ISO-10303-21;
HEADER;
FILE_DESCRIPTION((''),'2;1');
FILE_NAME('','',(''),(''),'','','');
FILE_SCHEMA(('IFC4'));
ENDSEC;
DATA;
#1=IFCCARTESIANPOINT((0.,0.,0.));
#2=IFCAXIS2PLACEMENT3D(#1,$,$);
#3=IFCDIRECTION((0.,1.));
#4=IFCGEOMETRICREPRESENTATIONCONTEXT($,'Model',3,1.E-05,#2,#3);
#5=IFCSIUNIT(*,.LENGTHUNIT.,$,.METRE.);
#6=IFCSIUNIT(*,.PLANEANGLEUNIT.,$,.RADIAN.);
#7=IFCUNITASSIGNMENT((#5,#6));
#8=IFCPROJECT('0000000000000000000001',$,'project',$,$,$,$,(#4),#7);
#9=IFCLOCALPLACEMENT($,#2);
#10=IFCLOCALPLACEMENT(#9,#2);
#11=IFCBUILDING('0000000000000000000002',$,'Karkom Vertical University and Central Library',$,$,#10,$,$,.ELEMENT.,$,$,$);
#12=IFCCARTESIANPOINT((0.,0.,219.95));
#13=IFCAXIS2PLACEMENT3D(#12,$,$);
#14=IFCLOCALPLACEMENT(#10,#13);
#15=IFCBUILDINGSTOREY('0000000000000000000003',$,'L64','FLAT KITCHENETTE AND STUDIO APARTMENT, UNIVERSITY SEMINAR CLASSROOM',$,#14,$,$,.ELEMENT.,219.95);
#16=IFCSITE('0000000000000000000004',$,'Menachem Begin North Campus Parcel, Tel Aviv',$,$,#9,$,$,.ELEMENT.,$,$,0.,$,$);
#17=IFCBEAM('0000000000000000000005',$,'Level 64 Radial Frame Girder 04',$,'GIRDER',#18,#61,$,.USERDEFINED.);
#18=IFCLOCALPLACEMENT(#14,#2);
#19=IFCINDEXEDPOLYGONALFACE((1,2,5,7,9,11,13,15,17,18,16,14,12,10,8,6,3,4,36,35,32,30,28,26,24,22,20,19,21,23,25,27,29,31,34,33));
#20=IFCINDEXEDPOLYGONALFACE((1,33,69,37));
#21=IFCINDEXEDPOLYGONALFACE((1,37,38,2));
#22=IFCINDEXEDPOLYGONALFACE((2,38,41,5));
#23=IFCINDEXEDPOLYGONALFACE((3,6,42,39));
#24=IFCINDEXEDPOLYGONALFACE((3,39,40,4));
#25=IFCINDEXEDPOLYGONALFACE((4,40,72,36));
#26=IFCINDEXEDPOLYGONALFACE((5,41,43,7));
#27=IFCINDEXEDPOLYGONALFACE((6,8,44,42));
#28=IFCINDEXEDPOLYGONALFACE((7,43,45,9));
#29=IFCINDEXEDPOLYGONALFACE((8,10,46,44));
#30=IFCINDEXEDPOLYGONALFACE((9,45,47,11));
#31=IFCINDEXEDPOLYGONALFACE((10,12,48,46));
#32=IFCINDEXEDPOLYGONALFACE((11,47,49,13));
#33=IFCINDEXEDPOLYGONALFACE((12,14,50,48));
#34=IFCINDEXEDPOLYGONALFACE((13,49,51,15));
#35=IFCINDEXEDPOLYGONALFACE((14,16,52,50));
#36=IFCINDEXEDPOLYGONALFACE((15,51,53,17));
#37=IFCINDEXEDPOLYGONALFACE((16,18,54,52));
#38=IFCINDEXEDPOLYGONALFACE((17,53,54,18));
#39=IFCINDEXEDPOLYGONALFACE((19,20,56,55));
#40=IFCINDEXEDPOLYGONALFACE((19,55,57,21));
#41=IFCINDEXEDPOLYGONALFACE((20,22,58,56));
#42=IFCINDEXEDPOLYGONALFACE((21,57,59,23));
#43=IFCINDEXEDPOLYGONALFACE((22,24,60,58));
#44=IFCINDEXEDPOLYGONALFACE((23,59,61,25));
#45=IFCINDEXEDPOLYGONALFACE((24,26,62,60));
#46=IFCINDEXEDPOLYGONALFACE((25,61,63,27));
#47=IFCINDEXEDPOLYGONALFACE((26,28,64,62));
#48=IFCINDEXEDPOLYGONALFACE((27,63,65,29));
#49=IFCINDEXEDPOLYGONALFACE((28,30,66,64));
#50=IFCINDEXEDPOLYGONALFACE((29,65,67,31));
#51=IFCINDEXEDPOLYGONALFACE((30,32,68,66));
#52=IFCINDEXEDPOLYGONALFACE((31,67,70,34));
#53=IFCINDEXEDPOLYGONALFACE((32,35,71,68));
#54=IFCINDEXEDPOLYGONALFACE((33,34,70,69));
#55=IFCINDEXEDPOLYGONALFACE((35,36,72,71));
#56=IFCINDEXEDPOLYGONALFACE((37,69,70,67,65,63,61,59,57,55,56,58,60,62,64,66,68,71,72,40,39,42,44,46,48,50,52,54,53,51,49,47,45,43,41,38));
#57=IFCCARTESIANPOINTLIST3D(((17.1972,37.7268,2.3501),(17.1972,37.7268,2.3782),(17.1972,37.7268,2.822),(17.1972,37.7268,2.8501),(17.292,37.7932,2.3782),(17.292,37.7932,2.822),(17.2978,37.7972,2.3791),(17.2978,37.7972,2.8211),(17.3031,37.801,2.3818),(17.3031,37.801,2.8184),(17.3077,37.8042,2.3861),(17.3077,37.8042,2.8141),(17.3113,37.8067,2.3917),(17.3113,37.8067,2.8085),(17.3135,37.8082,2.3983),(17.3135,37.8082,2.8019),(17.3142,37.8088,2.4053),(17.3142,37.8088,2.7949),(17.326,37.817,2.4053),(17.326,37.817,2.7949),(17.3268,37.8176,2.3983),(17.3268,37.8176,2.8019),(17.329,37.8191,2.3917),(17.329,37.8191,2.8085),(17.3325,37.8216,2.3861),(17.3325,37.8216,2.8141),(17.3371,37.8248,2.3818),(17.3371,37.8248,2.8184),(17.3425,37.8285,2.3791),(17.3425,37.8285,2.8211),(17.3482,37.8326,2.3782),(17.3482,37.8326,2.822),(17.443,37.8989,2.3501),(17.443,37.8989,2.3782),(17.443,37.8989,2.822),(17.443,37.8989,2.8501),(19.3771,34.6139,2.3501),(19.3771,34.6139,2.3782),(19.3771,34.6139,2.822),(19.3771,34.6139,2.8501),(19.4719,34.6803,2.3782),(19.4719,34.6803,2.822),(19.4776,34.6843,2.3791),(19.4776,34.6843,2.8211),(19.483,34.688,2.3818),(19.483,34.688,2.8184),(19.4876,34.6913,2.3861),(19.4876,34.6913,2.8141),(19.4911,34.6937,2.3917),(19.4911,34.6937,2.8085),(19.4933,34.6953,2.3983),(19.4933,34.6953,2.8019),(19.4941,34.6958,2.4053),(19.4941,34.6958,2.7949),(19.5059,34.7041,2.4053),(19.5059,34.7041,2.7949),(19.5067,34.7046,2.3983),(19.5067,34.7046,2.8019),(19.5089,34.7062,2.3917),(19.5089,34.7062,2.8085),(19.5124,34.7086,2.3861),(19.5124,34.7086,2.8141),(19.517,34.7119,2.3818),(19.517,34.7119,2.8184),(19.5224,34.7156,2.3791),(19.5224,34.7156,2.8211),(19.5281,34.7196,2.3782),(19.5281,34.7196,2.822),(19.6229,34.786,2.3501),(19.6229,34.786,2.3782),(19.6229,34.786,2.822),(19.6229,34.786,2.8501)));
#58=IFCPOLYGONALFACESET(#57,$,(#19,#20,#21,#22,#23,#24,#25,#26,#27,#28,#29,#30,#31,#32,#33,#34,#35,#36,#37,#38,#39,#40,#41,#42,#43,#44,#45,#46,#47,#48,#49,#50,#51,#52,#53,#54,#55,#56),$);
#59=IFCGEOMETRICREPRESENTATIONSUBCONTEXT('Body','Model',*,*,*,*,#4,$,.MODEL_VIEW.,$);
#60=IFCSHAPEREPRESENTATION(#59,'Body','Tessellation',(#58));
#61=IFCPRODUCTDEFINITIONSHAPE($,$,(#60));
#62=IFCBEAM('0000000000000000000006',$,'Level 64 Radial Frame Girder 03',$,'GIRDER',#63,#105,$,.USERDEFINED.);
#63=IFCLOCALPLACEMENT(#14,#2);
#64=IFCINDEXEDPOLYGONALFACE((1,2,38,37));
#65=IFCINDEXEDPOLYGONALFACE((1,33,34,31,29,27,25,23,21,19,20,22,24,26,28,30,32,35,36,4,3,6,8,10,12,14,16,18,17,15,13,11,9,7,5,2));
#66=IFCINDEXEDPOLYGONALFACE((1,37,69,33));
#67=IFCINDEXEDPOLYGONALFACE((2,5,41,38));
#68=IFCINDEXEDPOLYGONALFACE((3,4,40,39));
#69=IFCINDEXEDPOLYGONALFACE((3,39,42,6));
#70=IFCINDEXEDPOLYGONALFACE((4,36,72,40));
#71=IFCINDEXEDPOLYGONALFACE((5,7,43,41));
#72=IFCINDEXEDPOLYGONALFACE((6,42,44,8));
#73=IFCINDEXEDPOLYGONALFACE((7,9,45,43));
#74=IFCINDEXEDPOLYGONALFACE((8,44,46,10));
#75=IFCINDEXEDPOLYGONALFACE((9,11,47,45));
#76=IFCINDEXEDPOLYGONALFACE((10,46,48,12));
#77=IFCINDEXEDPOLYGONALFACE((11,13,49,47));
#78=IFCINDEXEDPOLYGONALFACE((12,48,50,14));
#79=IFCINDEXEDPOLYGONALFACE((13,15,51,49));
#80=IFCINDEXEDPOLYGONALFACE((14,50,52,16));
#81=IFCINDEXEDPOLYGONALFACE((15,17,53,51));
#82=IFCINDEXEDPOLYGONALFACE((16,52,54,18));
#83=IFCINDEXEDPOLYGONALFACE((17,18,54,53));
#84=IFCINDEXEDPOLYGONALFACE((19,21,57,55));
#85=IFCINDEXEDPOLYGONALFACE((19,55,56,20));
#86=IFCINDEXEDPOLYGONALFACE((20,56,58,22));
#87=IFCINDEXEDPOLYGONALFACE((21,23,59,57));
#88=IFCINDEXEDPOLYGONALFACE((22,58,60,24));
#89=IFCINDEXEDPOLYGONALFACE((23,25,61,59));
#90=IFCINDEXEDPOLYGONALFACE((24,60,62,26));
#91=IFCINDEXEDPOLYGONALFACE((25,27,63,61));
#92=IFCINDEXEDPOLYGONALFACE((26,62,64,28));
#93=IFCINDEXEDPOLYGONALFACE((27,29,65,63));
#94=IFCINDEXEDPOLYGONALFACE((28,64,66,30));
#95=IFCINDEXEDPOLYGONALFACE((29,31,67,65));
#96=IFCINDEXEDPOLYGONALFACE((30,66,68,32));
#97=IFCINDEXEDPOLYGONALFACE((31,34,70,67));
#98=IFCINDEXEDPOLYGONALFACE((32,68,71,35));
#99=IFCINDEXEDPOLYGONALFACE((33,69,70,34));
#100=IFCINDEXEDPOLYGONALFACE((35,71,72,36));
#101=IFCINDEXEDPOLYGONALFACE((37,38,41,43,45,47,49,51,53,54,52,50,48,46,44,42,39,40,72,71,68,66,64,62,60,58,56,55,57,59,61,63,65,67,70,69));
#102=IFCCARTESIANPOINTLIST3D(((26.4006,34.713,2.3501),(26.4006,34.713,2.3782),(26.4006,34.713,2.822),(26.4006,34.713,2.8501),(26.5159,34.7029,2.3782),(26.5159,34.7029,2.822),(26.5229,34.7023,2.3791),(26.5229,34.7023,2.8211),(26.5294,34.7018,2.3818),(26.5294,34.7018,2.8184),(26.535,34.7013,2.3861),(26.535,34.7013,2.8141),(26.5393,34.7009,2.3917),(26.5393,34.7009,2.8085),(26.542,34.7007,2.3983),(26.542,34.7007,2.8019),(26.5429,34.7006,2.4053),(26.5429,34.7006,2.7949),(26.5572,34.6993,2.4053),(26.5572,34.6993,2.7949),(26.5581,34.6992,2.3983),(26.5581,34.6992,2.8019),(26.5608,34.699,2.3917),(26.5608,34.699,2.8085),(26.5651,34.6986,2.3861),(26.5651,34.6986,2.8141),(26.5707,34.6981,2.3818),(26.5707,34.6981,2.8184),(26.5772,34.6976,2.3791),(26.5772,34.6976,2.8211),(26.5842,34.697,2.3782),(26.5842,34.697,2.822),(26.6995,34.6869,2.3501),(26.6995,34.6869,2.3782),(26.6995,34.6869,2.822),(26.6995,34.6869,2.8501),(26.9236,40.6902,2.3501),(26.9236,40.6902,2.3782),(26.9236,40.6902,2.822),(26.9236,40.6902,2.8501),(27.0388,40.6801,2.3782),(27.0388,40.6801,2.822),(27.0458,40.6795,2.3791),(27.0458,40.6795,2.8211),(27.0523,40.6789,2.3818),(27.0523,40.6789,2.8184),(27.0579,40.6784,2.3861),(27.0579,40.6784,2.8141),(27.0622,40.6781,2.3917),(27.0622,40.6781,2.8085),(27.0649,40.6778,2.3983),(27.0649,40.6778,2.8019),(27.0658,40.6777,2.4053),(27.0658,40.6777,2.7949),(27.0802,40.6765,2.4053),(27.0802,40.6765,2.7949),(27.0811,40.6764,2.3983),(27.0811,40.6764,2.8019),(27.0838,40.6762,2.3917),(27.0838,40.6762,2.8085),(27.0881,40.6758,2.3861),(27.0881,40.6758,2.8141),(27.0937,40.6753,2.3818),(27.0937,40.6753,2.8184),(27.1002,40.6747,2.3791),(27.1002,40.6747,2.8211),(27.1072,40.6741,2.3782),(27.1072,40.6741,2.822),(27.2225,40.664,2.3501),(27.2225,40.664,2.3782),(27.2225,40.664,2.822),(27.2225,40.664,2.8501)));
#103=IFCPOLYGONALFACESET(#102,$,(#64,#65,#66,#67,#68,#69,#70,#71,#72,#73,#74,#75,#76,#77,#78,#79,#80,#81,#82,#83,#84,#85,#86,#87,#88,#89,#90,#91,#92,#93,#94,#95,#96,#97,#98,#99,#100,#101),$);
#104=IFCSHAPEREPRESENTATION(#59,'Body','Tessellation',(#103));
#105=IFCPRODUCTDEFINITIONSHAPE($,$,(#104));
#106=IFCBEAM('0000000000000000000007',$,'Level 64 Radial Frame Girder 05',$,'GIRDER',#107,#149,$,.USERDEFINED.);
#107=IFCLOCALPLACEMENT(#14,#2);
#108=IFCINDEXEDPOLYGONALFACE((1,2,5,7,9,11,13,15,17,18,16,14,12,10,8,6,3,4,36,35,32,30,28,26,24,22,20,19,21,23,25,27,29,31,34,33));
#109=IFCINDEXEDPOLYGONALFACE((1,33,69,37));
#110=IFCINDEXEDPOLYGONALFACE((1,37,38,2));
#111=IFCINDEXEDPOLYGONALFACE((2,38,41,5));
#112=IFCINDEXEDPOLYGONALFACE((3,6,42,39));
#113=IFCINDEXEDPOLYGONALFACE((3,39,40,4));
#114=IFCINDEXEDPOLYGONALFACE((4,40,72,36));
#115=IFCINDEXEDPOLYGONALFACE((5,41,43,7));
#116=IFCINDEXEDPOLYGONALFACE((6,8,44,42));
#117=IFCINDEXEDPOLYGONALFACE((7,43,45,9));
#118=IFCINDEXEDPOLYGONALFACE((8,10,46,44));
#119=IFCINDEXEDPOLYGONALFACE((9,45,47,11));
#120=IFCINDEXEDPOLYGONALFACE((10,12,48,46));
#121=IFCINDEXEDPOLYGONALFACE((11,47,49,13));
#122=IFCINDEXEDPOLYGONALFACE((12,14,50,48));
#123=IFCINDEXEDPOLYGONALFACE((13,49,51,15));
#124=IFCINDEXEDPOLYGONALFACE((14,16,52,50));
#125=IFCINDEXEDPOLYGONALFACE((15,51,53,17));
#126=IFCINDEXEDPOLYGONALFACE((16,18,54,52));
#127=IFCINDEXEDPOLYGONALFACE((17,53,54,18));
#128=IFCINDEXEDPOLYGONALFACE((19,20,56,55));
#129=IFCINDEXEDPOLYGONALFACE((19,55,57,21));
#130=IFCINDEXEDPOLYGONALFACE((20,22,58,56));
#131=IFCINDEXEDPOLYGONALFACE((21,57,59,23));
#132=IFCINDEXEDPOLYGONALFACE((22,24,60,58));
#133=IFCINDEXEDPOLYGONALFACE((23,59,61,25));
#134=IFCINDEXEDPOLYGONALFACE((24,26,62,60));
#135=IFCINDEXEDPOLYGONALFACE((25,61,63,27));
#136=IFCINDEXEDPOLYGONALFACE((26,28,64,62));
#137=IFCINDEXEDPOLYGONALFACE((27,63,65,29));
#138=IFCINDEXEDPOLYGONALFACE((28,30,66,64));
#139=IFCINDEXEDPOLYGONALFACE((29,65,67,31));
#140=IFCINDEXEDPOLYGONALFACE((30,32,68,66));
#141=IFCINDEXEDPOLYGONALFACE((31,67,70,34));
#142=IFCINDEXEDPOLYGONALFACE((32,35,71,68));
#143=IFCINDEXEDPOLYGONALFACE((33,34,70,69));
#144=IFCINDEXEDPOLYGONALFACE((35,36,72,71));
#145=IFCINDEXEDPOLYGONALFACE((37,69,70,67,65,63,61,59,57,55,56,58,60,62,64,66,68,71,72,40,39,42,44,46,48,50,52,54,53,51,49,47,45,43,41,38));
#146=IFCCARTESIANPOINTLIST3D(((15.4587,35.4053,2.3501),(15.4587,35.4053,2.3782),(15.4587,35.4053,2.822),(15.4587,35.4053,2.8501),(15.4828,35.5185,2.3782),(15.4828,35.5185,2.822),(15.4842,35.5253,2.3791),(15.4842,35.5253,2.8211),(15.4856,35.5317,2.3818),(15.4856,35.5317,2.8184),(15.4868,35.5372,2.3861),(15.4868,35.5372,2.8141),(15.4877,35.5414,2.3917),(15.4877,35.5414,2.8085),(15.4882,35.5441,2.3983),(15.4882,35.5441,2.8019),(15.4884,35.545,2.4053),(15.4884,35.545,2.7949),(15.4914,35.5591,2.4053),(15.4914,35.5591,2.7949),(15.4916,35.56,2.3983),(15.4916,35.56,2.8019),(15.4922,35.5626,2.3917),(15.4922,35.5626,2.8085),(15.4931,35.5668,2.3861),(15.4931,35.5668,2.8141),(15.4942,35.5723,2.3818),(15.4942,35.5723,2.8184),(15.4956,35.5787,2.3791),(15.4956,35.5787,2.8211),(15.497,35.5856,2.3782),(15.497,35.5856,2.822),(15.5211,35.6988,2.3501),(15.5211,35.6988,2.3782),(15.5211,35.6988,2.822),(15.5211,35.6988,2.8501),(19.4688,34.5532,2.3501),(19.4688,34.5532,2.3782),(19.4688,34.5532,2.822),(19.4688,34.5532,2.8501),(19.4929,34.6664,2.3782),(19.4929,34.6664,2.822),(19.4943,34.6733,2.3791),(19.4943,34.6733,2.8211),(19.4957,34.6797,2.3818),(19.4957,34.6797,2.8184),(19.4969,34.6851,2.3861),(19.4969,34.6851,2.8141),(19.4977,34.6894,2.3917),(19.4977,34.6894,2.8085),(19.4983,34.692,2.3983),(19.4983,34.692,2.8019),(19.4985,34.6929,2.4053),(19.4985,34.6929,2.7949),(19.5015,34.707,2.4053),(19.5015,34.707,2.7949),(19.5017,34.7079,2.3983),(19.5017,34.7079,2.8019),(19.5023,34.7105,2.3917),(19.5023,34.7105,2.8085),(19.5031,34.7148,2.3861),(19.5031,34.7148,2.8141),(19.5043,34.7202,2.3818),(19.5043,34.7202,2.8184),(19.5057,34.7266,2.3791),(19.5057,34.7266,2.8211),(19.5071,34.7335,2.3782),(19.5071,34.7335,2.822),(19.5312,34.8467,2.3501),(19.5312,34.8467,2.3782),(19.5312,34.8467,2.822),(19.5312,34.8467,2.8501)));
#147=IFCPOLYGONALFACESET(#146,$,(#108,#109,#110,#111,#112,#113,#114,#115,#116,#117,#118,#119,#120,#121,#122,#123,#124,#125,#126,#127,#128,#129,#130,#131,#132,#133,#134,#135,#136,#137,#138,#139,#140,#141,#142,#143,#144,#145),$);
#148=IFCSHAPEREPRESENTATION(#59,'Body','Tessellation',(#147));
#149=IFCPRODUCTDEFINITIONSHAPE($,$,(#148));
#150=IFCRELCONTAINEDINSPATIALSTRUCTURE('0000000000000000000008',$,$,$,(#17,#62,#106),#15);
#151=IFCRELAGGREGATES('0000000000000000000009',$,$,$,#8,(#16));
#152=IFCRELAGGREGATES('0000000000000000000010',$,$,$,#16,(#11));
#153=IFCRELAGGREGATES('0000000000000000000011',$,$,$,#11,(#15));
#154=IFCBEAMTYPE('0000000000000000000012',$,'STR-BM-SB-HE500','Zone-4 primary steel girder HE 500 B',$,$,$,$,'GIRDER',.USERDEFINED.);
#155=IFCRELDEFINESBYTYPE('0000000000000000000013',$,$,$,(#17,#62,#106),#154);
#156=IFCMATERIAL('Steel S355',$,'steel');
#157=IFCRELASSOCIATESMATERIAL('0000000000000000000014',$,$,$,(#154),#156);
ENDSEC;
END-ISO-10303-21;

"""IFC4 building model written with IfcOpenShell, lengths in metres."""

from ifc_helpers import new_model, si_unit, direction, frame, origin, origin_with_axes, origin_2d, place, context, subcontext, project, spatial, i_section, extrude, source, transform, mapped, material, material_profile, profile_set, type_object, element, save


model = new_model("IFC4")

# Units and contexts
model_context = context("Model", 3, precision=1e-05, world=origin(), true_north=direction((0.0, 1.0)))
body_context = subcontext(model_context, "Body", "Model", "MODEL_VIEW")
ifc_project = project(units=[si_unit("LENGTHUNIT", "METRE"), si_unit("PLANEANGLEUNIT", "RADIAN")], contexts=[model_context])

# Site, building, storey
site_placement = place(None, origin())
site = spatial("IfcSite", under=ifc_project, at=site_placement, Name="Menachem Begin North Campus Parcel, Tel Aviv", CompositionType="ELEMENT", RefElevation=0.0)
building_placement = place(site_placement, origin())
building = spatial("IfcBuilding", under=site, at=building_placement, Name="Karkom Vertical University and Central Library", CompositionType="ELEMENT")
storey_placement = place(building_placement, frame((0.0, 0.0, 219.95)))
storey = spatial("IfcBuildingStorey", under=building, at=storey_placement, Name="L64", Description="FLAT KITCHENETTE AND STUDIO APARTMENT, UNIVERSITY SEMINAR CLASSROOM", CompositionType="ELEMENT", Elevation=219.95)

# Beams
ifc_material_1 = material(Name="Steel S355", Category="steel")
ifc_material_profile_1 = material_profile(ifc_material_1, i_section(OverallWidth=0.3, OverallDepth=0.5, WebThickness=0.0144, FlangeThickness=0.0281, FilletRadius=0.0271, at=origin_2d()), Name="HE 500 B")
ifc_profile_set_1 = profile_set([ifc_material_profile_1], Name="Steel S355")
beam_type_1 = type_object("IfcBeamType", Name="STR-BM-SB-HE500", Description="Zone-4 primary steel girder HE 500 B", ElementType="GIRDER", PredefinedType="USERDEFINED", material=ifc_profile_set_1)
shared_shape_1 = source(origin_with_axes(), body_context, "Body", "SweptSolid", [
    extrude(i_section(OverallWidth=0.3, OverallDepth=0.5, WebThickness=0.0144, FlangeThickness=0.0281, FilletRadius=0.0271, at=origin_2d()), origin(), (0.0, 0.0, 1.0), 3.8003),
])
beam_1_placement = place(storey_placement, frame((19.5, 34.7, 2.6001), z_axis=(-0.573605, 0.819132, 0.0), x_axis=(-0.819132, -0.573605, 0.0)))
element("IfcBeam", 1, at=beam_1_placement, inside=storey, type_object=beam_type_1, Name="Level 64 Radial Frame Girder 04", ObjectType="GIRDER", PredefinedType="USERDEFINED", context=body_context, shape_type="MappedRepresentation", body=[
    mapped(shared_shape_1, transform((0.0, 0.0, 0.0), scale=1.0)),
])
shared_shape_2 = source(origin_with_axes(), body_context, "Body", "SweptSolid", [
    extrude(i_section(OverallWidth=0.3, OverallDepth=0.5, WebThickness=0.0144, FlangeThickness=0.0281, FilletRadius=0.0271, at=origin_2d()), origin(), (0.0, 0.0, 1.0), 6.0),
])
beam_2_placement = place(storey_placement, frame((26.55, 34.7, 2.6001), z_axis=(0.08716, 0.996194, 0.0), x_axis=(-0.996194, 0.08716, 0.0)))
element("IfcBeam", 2, at=beam_2_placement, inside=storey, type_object=beam_type_1, Name="Level 64 Radial Frame Girder 03", ObjectType="GIRDER", PredefinedType="USERDEFINED", context=body_context, shape_type="MappedRepresentation", body=[
    mapped(shared_shape_2, transform((0.0, 0.0, 0.0), scale=1.0)),
])
shared_shape_3 = source(origin_with_axes(), body_context, "Body", "SweptSolid", [
    extrude(i_section(OverallWidth=0.3, OverallDepth=0.5, WebThickness=0.0144, FlangeThickness=0.0281, FilletRadius=0.0271, at=origin_2d()), origin(), (0.0, 0.0, 1.0), 4.0996),
])
beam_3_placement = place(storey_placement, frame((19.5, 34.7, 2.6001), z_axis=(-0.978163, 0.207841, 0.0), x_axis=(-0.207841, -0.978163, 0.0)))
element("IfcBeam", 3, at=beam_3_placement, inside=storey, type_object=beam_type_1, Name="Level 64 Radial Frame Girder 05", ObjectType="GIRDER", PredefinedType="USERDEFINED", context=body_context, shape_type="MappedRepresentation", body=[
    mapped(shared_shape_3, transform((0.0, 0.0, 0.0), scale=1.0)),
])

save(model, "model.ifc")
